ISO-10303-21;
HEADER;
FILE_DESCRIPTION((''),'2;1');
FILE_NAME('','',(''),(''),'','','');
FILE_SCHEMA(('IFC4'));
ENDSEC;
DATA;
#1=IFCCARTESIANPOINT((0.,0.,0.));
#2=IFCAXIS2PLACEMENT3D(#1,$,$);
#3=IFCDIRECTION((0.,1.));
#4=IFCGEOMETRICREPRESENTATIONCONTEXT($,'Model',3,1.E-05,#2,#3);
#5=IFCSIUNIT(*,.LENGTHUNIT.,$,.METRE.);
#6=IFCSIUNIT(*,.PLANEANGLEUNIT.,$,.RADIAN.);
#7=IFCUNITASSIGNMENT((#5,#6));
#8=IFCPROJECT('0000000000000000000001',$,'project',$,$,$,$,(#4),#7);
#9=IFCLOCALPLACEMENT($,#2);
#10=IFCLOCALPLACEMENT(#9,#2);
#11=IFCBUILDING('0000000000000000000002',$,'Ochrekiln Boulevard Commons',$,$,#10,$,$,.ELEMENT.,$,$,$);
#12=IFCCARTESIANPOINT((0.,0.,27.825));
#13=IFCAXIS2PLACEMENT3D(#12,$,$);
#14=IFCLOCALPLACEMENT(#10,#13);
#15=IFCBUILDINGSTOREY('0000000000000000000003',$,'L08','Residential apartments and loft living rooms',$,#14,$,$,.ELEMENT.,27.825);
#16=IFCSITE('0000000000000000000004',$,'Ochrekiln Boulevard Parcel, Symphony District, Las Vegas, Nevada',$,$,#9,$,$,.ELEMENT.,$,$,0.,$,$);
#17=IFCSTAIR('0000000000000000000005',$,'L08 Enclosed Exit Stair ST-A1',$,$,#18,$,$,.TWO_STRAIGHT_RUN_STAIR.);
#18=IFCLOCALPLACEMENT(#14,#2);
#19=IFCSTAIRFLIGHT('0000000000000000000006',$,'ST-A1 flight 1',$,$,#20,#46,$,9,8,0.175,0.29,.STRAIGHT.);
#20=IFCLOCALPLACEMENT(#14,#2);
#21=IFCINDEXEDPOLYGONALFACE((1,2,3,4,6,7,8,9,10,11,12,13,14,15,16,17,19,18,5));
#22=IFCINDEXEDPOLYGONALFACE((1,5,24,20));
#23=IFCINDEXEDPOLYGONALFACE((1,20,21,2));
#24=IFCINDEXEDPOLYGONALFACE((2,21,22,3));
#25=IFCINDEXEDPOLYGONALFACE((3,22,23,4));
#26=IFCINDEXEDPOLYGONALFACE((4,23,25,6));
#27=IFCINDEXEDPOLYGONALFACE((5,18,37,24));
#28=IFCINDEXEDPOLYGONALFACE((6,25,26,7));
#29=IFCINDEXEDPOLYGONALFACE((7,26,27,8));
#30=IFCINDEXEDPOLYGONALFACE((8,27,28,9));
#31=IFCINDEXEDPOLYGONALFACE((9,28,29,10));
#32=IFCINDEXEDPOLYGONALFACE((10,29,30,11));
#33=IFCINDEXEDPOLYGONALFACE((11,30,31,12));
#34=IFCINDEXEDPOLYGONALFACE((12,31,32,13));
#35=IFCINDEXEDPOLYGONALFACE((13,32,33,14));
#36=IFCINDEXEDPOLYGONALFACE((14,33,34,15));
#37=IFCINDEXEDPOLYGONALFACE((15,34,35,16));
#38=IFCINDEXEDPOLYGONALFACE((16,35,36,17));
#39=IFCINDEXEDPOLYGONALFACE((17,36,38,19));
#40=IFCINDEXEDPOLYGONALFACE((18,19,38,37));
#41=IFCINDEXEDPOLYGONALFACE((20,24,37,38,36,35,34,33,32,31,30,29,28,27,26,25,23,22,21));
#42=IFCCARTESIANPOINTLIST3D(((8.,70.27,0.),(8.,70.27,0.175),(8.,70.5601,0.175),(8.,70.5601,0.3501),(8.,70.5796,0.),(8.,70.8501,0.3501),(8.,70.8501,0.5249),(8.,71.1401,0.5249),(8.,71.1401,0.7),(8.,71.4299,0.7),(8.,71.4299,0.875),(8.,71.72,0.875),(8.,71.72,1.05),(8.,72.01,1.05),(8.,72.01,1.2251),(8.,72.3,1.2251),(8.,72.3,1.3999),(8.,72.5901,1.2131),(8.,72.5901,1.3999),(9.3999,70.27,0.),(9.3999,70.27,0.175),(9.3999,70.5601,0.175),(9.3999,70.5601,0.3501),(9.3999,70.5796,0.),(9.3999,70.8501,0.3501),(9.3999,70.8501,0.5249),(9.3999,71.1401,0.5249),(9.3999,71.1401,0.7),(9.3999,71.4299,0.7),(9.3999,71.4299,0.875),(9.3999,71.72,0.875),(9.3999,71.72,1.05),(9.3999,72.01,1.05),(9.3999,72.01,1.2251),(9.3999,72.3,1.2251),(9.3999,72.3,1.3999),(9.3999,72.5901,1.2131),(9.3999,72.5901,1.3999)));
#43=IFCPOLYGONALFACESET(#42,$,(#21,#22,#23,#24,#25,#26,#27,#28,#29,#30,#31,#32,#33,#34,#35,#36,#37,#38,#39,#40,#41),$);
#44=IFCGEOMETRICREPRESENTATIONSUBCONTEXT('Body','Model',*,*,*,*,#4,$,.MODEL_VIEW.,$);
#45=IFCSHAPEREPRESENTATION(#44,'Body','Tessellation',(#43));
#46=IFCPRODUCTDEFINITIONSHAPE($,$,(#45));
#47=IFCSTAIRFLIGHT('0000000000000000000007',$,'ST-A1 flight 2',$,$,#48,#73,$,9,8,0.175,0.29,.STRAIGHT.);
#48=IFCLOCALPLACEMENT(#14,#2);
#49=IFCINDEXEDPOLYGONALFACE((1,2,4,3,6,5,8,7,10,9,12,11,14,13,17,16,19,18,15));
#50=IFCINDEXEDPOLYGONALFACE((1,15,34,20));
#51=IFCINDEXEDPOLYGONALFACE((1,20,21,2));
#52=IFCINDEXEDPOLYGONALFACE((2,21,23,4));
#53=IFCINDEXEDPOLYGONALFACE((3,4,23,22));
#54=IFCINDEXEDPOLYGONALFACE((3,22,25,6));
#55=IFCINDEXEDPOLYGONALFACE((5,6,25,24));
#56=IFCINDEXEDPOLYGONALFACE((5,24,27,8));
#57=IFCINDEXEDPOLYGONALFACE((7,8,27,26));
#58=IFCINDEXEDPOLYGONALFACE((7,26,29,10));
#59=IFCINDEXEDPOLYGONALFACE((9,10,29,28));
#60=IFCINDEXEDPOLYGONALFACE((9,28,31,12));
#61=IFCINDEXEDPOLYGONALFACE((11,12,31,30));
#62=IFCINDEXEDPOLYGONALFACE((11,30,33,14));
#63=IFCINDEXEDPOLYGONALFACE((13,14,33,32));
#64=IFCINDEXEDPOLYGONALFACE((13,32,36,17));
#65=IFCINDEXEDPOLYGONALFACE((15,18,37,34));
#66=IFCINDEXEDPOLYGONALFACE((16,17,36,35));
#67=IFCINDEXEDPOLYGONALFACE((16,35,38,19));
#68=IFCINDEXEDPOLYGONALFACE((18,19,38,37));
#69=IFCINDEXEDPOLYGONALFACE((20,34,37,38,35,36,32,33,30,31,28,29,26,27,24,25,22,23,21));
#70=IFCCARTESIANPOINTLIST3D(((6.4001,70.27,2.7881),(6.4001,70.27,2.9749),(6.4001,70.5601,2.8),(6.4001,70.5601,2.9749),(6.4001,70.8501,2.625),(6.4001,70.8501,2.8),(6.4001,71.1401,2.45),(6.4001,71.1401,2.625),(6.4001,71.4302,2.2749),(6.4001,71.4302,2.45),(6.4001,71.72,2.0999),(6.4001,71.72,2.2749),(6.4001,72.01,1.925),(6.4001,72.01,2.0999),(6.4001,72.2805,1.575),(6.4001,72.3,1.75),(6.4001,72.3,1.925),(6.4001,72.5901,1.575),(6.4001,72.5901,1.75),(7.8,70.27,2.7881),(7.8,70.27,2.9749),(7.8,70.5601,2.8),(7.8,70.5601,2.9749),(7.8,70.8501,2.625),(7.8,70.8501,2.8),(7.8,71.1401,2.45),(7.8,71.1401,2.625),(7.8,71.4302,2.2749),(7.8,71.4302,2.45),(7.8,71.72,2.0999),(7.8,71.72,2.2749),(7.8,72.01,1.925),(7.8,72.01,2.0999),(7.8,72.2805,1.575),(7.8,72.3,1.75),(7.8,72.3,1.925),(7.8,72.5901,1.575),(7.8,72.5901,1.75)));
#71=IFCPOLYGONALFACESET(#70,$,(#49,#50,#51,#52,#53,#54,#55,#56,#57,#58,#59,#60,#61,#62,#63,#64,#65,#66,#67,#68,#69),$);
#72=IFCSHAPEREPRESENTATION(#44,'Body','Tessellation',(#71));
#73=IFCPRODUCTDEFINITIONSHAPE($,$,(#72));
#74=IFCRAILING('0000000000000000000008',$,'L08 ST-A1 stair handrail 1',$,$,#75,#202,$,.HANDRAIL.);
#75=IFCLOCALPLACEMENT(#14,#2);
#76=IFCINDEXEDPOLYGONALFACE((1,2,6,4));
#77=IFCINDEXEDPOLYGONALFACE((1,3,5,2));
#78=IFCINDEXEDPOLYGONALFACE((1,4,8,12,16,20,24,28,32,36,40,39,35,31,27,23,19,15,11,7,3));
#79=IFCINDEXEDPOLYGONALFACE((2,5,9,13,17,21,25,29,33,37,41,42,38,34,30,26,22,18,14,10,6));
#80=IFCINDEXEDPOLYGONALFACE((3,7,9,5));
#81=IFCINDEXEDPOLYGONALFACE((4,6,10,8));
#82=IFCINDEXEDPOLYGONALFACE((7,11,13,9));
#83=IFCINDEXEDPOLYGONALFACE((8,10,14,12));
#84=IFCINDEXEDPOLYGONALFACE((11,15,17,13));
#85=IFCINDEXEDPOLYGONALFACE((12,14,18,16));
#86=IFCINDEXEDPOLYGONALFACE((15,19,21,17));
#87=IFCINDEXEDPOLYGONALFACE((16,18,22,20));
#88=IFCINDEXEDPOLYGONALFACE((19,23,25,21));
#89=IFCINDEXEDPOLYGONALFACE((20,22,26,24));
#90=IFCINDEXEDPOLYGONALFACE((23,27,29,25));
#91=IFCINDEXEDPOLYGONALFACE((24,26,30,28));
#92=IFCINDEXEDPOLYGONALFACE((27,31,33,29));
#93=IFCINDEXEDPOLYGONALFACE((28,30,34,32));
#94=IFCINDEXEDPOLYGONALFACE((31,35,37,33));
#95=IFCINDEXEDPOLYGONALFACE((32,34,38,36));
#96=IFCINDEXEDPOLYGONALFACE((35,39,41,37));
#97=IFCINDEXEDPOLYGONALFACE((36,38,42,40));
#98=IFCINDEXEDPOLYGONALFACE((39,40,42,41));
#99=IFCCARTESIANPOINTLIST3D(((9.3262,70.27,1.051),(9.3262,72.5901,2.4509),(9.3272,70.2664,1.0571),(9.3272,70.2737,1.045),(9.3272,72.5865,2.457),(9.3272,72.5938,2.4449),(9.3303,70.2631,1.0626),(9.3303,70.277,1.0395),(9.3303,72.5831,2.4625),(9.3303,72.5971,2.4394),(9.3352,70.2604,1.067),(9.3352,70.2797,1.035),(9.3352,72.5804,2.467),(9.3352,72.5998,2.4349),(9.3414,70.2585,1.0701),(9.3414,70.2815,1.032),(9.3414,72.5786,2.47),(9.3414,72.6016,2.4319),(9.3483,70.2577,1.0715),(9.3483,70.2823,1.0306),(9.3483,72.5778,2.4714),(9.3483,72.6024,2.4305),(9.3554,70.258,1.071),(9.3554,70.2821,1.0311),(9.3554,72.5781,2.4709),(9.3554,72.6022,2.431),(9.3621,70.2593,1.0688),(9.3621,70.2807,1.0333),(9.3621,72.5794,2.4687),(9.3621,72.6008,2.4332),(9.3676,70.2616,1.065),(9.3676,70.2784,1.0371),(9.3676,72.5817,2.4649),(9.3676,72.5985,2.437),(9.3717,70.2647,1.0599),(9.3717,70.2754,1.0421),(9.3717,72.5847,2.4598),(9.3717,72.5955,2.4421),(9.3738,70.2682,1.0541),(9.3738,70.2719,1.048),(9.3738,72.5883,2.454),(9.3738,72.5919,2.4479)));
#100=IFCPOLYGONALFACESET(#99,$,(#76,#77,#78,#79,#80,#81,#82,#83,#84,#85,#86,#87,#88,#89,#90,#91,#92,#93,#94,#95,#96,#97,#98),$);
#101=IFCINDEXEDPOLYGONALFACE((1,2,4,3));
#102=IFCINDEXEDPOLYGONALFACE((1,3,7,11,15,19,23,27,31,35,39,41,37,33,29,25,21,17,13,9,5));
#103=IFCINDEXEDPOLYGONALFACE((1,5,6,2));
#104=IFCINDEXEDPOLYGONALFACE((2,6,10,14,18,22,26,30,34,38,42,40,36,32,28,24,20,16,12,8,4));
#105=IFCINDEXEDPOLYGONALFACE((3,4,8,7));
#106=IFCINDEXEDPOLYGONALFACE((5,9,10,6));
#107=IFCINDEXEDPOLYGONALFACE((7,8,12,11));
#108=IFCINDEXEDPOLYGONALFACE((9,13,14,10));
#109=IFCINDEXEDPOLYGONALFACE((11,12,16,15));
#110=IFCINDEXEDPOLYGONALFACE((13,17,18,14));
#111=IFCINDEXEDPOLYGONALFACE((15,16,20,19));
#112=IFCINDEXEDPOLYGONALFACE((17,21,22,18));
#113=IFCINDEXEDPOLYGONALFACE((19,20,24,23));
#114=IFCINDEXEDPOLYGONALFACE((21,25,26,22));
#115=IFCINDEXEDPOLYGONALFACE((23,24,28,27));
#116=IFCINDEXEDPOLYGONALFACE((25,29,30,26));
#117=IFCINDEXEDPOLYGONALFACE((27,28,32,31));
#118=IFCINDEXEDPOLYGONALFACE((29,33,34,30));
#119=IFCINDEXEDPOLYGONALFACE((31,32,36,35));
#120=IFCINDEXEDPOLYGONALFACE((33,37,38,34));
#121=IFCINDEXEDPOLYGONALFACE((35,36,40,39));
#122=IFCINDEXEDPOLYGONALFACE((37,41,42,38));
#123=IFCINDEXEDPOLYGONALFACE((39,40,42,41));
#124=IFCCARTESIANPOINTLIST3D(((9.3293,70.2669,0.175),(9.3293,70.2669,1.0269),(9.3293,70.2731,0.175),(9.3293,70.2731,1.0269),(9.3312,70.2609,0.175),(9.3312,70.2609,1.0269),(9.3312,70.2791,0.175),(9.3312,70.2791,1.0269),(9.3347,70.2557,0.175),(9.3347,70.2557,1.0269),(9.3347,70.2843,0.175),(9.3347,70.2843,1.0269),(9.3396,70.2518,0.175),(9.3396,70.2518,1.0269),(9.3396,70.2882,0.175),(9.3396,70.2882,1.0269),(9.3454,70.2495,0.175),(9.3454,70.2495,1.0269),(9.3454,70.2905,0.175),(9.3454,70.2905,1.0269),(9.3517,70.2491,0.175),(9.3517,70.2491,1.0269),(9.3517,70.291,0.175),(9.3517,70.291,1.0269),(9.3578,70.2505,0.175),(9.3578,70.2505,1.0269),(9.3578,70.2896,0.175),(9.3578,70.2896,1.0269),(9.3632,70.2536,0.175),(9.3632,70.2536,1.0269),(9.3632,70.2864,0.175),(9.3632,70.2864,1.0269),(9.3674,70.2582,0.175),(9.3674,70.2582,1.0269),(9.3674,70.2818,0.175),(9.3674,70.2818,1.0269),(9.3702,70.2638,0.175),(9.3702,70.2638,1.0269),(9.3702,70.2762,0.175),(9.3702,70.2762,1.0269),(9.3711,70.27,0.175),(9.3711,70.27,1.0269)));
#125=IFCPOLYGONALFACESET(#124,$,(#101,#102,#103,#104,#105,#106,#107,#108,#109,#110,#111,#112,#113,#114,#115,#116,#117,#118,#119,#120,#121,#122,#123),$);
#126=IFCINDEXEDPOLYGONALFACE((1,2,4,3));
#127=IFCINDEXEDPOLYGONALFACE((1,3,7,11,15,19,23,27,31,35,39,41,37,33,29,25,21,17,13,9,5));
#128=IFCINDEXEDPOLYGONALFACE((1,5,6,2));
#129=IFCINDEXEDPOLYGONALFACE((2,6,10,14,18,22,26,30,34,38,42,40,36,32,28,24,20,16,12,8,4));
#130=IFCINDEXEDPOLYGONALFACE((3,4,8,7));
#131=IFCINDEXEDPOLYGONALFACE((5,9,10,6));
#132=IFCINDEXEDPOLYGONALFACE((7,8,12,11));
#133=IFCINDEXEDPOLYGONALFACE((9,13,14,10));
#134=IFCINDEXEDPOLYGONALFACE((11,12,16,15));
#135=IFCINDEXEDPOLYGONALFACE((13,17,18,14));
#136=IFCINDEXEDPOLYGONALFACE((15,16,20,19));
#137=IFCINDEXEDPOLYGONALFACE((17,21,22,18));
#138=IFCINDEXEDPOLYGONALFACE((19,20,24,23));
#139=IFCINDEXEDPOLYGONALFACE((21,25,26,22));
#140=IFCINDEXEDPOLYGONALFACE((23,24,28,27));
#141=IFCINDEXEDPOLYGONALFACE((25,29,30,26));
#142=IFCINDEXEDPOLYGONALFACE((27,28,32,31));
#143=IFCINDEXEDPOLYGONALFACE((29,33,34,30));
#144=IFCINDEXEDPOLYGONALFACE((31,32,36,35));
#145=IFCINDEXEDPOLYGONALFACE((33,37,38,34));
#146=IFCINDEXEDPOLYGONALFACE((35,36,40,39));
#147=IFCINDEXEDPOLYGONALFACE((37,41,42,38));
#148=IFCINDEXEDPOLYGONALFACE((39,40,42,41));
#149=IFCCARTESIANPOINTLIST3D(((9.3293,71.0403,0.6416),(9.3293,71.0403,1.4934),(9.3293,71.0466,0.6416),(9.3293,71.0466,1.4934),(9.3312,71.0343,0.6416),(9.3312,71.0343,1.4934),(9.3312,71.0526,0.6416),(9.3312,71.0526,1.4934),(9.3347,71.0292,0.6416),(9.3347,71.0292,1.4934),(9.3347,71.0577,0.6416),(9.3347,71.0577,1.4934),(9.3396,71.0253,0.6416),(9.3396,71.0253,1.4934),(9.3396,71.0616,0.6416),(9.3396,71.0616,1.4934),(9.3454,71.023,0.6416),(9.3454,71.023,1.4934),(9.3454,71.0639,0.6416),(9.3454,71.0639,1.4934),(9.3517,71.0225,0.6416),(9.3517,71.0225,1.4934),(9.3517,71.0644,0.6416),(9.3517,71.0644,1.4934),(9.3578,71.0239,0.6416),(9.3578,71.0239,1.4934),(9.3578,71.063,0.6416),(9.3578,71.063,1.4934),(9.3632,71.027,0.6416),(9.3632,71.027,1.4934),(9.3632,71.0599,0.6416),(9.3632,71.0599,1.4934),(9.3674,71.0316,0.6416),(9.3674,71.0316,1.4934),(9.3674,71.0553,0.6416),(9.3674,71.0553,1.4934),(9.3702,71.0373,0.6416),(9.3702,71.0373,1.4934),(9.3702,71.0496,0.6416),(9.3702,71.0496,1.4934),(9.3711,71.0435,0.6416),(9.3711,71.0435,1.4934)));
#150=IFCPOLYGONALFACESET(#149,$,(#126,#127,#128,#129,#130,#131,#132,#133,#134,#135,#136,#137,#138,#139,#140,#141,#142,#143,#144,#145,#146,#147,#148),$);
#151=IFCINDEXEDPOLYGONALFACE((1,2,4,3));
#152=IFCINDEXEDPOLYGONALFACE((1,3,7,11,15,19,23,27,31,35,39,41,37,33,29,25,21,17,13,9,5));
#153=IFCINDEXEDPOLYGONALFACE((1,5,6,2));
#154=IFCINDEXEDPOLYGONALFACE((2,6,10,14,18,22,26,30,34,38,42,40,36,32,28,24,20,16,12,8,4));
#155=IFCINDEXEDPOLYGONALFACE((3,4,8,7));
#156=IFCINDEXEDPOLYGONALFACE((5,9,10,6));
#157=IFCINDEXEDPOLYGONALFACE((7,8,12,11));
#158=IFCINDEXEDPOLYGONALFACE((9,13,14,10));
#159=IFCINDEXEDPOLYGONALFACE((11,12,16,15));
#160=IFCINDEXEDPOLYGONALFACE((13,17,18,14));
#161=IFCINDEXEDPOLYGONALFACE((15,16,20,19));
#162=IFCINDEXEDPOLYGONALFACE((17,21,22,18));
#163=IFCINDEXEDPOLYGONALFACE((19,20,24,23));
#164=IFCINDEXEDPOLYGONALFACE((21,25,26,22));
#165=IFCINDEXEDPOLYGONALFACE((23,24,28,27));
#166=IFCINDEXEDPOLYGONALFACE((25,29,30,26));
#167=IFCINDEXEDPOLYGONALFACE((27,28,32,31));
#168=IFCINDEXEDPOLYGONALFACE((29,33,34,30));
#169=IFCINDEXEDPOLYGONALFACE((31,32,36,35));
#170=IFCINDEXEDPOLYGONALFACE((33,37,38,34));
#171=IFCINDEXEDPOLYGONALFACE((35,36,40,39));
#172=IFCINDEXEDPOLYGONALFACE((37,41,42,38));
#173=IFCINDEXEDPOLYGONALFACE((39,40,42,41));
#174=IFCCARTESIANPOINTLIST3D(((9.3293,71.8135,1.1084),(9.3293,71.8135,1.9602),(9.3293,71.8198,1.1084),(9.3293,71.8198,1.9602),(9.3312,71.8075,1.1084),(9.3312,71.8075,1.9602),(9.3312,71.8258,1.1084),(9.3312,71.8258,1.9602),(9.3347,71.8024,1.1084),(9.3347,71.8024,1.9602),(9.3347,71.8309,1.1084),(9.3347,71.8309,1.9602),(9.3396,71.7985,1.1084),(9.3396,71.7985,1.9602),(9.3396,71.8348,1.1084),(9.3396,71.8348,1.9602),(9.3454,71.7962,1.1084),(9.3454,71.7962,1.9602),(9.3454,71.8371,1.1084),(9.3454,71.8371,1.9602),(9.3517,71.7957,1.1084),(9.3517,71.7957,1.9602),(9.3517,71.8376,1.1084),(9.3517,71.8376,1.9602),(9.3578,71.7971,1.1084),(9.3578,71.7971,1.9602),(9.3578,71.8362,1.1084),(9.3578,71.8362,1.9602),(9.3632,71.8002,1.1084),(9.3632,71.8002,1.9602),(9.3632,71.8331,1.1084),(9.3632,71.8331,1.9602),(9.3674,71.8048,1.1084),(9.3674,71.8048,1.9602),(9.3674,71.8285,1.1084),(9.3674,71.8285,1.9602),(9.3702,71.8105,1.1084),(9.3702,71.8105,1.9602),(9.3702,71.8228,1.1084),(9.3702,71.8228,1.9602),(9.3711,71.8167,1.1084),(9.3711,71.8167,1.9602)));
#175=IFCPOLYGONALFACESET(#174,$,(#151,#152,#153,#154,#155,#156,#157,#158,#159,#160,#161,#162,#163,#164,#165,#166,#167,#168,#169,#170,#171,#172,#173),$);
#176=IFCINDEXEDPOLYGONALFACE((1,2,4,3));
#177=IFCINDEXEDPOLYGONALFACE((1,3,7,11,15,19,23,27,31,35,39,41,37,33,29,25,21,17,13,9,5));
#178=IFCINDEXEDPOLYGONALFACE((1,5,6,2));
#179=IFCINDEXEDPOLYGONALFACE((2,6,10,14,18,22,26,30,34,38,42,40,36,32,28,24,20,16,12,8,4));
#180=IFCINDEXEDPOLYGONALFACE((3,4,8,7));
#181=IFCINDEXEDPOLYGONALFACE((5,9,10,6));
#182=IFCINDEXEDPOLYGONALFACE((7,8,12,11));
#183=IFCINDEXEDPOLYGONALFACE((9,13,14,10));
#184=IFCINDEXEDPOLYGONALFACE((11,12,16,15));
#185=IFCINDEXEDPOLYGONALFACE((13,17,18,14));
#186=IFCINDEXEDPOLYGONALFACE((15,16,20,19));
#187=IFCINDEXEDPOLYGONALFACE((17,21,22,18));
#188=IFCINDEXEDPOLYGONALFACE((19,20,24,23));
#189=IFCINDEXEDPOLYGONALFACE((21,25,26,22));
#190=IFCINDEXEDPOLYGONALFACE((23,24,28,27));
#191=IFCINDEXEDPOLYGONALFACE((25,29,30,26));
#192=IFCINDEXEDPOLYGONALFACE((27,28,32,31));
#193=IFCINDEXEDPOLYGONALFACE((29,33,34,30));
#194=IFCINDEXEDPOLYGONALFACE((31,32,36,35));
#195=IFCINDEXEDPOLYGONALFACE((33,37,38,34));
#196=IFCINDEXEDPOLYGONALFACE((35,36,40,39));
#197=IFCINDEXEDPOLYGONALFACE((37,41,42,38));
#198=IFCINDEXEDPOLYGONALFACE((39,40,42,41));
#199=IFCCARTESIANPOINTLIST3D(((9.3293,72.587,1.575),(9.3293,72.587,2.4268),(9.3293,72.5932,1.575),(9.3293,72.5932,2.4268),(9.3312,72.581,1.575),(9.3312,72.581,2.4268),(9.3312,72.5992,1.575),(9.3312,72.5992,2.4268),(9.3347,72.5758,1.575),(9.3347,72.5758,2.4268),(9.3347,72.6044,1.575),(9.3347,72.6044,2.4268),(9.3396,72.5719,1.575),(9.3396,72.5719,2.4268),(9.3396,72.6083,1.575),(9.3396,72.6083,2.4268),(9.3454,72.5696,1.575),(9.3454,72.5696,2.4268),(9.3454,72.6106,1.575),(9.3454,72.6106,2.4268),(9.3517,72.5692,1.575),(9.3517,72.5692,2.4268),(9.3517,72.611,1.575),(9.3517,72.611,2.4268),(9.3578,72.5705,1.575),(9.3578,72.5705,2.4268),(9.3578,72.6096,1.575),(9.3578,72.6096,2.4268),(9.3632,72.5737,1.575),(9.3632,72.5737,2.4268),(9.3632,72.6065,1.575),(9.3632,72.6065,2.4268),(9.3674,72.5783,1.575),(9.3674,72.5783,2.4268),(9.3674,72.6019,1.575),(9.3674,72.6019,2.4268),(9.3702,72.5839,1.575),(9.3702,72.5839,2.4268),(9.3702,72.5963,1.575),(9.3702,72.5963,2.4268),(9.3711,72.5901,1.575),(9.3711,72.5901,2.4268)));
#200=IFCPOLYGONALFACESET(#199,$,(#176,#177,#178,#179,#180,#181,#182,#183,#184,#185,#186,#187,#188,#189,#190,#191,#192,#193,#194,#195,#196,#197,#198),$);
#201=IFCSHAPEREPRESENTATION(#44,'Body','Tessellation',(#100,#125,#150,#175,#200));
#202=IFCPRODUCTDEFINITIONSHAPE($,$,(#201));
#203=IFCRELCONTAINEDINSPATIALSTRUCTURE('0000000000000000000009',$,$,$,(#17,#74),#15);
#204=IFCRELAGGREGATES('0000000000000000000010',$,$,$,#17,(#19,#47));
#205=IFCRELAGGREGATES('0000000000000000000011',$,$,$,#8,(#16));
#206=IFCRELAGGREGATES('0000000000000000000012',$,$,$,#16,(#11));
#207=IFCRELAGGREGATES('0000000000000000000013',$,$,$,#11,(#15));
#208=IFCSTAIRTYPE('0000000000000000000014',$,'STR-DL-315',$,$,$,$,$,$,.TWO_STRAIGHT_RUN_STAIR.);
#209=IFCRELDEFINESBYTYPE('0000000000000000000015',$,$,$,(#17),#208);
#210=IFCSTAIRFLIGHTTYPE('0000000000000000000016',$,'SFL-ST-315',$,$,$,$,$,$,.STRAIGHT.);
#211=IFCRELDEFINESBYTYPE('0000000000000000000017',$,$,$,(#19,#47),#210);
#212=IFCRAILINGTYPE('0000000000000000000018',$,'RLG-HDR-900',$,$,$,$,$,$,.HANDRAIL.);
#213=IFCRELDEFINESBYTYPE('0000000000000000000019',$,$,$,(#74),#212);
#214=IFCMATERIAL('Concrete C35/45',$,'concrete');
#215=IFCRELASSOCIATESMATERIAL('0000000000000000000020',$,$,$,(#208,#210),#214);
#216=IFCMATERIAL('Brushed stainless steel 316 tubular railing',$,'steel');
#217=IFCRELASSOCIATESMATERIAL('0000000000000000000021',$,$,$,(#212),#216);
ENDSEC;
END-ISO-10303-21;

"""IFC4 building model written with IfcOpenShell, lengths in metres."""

from ifc_helpers import new_model, si_unit, direction, frame, origin, origin_2d, place, context, subcontext, project, spatial, polyline, circle, outline, extrude, material, type_object, element, aggregate, save


model = new_model("IFC4")

# Units and contexts
model_context = context("Model", 3, precision=1e-05, world=origin(), true_north=direction((0.0, 1.0)))
body_context = subcontext(model_context, "Body", "Model", "MODEL_VIEW")
ifc_project = project(units=[si_unit("LENGTHUNIT", "METRE"), si_unit("PLANEANGLEUNIT", "RADIAN")], contexts=[model_context])

# Site, building, storey
site_placement = place(None, origin())
site = spatial("IfcSite", under=ifc_project, at=site_placement, Name="Ochrekiln Boulevard Parcel, Symphony District, Las Vegas, Nevada", CompositionType="ELEMENT", RefElevation=0.0)
building_placement = place(site_placement, origin())
building = spatial("IfcBuilding", under=site, at=building_placement, Name="Ochrekiln Boulevard Commons", CompositionType="ELEMENT")
storey_placement = place(building_placement, frame((0.0, 0.0, 27.825)))
storey = spatial("IfcBuildingStorey", under=building, at=storey_placement, Name="L08", Description="Residential apartments and loft living rooms", CompositionType="ELEMENT", Elevation=27.825)

# Shared definitions
ifc_material_1 = material(Name="Concrete C35/45", Category="concrete")

# Stair, stair flights
stair_type = type_object("IfcStairType", Name="STR-DL-315", PredefinedType="TWO_STRAIGHT_RUN_STAIR", material=ifc_material_1)
stair_placement = place(storey_placement, origin())
stair = element("IfcStair", 1, at=stair_placement, inside=storey, type_object=stair_type, Name="L08 Enclosed Exit Stair ST-A1", PredefinedType="TWO_STRAIGHT_RUN_STAIR")
stair_flight_type = type_object("IfcStairFlightType", Name="SFL-ST-315", PredefinedType="STRAIGHT", material=ifc_material_1)
stair_flight_1_placement = place(storey_placement, frame((8.7, 70.27, 0.0), z_axis=(0.0, 0.0, 1.0), x_axis=(0.0, 1.0, 0.0)))
stair_flight_1 = element("IfcStairFlight", 2, at=stair_flight_1_placement, type_object=stair_flight_type, Name="ST-A1 flight 1", NumberOfRisers=9, NumberOfTreads=8, PredefinedType="STRAIGHT", RiserHeight=0.175, TreadLength=0.29, context=body_context, shape_type="SweptSolid", body=[
    extrude(outline(polyline([(0.0, 0.0), (0.0, 0.175), (0.29, 0.175), (0.29, 0.3501), (0.5801, 0.3501), (0.5801, 0.5249), (0.8701, 0.5249), (0.8701, 0.7), (1.1599, 0.7), (1.1599, 0.875), (1.45, 0.875), (1.45, 1.05), (1.74, 1.05), (1.74, 1.2251), (2.03, 1.2251), (2.03, 1.3999), (2.3201, 1.3999), (2.3201, 1.575), (2.3201, 1.2131), (0.3096, 0.0), (0.0, 0.0)])), frame((0.0, 0.7, 0.0), z_axis=(0.0, -1.0, 0.0), x_axis=(1.0, 0.0, 0.0)), (0.0, 0.0, 1.0), 1.3999),
])
stair_flight_2_placement = place(storey_placement, frame((7.1001, 72.5901, 1.575), z_axis=(0.0, 0.0, 1.0), x_axis=(0.0, -1.0, 0.0)))
stair_flight_2 = element("IfcStairFlight", 3, at=stair_flight_2_placement, type_object=stair_flight_type, Name="ST-A1 flight 2", NumberOfRisers=9, NumberOfTreads=8, PredefinedType="STRAIGHT", RiserHeight=0.175, TreadLength=0.29, context=body_context, shape_type="SweptSolid", body=[
    extrude(outline(polyline([(0.0, 0.0), (0.0, 0.175), (0.29, 0.175), (0.29, 0.3501), (0.5801, 0.3501), (0.5801, 0.5249), (0.8701, 0.5249), (0.8701, 0.7), (1.1599, 0.7), (1.1599, 0.875), (1.45, 0.875), (1.45, 1.05), (1.74, 1.05), (1.74, 1.2251), (2.03, 1.2251), (2.03, 1.3999), (2.3201, 1.3999), (2.3201, 1.575), (2.3201, 1.2131), (0.3096, 0.0), (0.0, 0.0)])), frame((0.0, 0.7, 0.0), z_axis=(0.0, -1.0, 0.0), x_axis=(1.0, 0.0, 0.0)), (0.0, 0.0, 1.0), 1.3999),
])
aggregate(stair, [stair_flight_1, stair_flight_2])

# Railing
ifc_material_2 = material(Name="Brushed stainless steel 316 tubular railing", Category="steel")
railing_type_1 = type_object("IfcRailingType", Name="RLG-HDR-900", PredefinedType="HANDRAIL", material=ifc_material_2)
railing_1_placement = place(storey_placement, frame((9.3501, 70.27, 0.175)))
element("IfcRailing", 4, at=railing_1_placement, inside=storey, type_object=railing_type_1, Name="L08 ST-A1 stair handrail 1", PredefinedType="HANDRAIL", context=body_context, shape_type="SweptSolid", body=[
    extrude(circle(Radius=0.0239, at=origin_2d()), frame((0.0, 0.0, 0.876), z_axis=(0.0, 0.85621, 0.516627), x_axis=(-1.0, 0.0, 0.0)), (0.0, 0.0, 1.0), 2.7097),
    extrude(circle(Radius=0.021, at=origin_2d()), origin(), (0.0, 0.0, 1.0), 0.8518),
    extrude(circle(Radius=0.021, at=origin_2d()), frame((0.0, 0.7734, 0.4666)), (0.0, 0.0, 1.0), 0.8518),
    extrude(circle(Radius=0.021, at=origin_2d()), frame((0.0, 1.5466, 0.9333)), (0.0, 0.0, 1.0), 0.8518),
    extrude(circle(Radius=0.021, at=origin_2d()), frame((0.0, 2.3201, 1.3999)), (0.0, 0.0, 1.0), 0.8518),
])

save(model, "model.ifc")
